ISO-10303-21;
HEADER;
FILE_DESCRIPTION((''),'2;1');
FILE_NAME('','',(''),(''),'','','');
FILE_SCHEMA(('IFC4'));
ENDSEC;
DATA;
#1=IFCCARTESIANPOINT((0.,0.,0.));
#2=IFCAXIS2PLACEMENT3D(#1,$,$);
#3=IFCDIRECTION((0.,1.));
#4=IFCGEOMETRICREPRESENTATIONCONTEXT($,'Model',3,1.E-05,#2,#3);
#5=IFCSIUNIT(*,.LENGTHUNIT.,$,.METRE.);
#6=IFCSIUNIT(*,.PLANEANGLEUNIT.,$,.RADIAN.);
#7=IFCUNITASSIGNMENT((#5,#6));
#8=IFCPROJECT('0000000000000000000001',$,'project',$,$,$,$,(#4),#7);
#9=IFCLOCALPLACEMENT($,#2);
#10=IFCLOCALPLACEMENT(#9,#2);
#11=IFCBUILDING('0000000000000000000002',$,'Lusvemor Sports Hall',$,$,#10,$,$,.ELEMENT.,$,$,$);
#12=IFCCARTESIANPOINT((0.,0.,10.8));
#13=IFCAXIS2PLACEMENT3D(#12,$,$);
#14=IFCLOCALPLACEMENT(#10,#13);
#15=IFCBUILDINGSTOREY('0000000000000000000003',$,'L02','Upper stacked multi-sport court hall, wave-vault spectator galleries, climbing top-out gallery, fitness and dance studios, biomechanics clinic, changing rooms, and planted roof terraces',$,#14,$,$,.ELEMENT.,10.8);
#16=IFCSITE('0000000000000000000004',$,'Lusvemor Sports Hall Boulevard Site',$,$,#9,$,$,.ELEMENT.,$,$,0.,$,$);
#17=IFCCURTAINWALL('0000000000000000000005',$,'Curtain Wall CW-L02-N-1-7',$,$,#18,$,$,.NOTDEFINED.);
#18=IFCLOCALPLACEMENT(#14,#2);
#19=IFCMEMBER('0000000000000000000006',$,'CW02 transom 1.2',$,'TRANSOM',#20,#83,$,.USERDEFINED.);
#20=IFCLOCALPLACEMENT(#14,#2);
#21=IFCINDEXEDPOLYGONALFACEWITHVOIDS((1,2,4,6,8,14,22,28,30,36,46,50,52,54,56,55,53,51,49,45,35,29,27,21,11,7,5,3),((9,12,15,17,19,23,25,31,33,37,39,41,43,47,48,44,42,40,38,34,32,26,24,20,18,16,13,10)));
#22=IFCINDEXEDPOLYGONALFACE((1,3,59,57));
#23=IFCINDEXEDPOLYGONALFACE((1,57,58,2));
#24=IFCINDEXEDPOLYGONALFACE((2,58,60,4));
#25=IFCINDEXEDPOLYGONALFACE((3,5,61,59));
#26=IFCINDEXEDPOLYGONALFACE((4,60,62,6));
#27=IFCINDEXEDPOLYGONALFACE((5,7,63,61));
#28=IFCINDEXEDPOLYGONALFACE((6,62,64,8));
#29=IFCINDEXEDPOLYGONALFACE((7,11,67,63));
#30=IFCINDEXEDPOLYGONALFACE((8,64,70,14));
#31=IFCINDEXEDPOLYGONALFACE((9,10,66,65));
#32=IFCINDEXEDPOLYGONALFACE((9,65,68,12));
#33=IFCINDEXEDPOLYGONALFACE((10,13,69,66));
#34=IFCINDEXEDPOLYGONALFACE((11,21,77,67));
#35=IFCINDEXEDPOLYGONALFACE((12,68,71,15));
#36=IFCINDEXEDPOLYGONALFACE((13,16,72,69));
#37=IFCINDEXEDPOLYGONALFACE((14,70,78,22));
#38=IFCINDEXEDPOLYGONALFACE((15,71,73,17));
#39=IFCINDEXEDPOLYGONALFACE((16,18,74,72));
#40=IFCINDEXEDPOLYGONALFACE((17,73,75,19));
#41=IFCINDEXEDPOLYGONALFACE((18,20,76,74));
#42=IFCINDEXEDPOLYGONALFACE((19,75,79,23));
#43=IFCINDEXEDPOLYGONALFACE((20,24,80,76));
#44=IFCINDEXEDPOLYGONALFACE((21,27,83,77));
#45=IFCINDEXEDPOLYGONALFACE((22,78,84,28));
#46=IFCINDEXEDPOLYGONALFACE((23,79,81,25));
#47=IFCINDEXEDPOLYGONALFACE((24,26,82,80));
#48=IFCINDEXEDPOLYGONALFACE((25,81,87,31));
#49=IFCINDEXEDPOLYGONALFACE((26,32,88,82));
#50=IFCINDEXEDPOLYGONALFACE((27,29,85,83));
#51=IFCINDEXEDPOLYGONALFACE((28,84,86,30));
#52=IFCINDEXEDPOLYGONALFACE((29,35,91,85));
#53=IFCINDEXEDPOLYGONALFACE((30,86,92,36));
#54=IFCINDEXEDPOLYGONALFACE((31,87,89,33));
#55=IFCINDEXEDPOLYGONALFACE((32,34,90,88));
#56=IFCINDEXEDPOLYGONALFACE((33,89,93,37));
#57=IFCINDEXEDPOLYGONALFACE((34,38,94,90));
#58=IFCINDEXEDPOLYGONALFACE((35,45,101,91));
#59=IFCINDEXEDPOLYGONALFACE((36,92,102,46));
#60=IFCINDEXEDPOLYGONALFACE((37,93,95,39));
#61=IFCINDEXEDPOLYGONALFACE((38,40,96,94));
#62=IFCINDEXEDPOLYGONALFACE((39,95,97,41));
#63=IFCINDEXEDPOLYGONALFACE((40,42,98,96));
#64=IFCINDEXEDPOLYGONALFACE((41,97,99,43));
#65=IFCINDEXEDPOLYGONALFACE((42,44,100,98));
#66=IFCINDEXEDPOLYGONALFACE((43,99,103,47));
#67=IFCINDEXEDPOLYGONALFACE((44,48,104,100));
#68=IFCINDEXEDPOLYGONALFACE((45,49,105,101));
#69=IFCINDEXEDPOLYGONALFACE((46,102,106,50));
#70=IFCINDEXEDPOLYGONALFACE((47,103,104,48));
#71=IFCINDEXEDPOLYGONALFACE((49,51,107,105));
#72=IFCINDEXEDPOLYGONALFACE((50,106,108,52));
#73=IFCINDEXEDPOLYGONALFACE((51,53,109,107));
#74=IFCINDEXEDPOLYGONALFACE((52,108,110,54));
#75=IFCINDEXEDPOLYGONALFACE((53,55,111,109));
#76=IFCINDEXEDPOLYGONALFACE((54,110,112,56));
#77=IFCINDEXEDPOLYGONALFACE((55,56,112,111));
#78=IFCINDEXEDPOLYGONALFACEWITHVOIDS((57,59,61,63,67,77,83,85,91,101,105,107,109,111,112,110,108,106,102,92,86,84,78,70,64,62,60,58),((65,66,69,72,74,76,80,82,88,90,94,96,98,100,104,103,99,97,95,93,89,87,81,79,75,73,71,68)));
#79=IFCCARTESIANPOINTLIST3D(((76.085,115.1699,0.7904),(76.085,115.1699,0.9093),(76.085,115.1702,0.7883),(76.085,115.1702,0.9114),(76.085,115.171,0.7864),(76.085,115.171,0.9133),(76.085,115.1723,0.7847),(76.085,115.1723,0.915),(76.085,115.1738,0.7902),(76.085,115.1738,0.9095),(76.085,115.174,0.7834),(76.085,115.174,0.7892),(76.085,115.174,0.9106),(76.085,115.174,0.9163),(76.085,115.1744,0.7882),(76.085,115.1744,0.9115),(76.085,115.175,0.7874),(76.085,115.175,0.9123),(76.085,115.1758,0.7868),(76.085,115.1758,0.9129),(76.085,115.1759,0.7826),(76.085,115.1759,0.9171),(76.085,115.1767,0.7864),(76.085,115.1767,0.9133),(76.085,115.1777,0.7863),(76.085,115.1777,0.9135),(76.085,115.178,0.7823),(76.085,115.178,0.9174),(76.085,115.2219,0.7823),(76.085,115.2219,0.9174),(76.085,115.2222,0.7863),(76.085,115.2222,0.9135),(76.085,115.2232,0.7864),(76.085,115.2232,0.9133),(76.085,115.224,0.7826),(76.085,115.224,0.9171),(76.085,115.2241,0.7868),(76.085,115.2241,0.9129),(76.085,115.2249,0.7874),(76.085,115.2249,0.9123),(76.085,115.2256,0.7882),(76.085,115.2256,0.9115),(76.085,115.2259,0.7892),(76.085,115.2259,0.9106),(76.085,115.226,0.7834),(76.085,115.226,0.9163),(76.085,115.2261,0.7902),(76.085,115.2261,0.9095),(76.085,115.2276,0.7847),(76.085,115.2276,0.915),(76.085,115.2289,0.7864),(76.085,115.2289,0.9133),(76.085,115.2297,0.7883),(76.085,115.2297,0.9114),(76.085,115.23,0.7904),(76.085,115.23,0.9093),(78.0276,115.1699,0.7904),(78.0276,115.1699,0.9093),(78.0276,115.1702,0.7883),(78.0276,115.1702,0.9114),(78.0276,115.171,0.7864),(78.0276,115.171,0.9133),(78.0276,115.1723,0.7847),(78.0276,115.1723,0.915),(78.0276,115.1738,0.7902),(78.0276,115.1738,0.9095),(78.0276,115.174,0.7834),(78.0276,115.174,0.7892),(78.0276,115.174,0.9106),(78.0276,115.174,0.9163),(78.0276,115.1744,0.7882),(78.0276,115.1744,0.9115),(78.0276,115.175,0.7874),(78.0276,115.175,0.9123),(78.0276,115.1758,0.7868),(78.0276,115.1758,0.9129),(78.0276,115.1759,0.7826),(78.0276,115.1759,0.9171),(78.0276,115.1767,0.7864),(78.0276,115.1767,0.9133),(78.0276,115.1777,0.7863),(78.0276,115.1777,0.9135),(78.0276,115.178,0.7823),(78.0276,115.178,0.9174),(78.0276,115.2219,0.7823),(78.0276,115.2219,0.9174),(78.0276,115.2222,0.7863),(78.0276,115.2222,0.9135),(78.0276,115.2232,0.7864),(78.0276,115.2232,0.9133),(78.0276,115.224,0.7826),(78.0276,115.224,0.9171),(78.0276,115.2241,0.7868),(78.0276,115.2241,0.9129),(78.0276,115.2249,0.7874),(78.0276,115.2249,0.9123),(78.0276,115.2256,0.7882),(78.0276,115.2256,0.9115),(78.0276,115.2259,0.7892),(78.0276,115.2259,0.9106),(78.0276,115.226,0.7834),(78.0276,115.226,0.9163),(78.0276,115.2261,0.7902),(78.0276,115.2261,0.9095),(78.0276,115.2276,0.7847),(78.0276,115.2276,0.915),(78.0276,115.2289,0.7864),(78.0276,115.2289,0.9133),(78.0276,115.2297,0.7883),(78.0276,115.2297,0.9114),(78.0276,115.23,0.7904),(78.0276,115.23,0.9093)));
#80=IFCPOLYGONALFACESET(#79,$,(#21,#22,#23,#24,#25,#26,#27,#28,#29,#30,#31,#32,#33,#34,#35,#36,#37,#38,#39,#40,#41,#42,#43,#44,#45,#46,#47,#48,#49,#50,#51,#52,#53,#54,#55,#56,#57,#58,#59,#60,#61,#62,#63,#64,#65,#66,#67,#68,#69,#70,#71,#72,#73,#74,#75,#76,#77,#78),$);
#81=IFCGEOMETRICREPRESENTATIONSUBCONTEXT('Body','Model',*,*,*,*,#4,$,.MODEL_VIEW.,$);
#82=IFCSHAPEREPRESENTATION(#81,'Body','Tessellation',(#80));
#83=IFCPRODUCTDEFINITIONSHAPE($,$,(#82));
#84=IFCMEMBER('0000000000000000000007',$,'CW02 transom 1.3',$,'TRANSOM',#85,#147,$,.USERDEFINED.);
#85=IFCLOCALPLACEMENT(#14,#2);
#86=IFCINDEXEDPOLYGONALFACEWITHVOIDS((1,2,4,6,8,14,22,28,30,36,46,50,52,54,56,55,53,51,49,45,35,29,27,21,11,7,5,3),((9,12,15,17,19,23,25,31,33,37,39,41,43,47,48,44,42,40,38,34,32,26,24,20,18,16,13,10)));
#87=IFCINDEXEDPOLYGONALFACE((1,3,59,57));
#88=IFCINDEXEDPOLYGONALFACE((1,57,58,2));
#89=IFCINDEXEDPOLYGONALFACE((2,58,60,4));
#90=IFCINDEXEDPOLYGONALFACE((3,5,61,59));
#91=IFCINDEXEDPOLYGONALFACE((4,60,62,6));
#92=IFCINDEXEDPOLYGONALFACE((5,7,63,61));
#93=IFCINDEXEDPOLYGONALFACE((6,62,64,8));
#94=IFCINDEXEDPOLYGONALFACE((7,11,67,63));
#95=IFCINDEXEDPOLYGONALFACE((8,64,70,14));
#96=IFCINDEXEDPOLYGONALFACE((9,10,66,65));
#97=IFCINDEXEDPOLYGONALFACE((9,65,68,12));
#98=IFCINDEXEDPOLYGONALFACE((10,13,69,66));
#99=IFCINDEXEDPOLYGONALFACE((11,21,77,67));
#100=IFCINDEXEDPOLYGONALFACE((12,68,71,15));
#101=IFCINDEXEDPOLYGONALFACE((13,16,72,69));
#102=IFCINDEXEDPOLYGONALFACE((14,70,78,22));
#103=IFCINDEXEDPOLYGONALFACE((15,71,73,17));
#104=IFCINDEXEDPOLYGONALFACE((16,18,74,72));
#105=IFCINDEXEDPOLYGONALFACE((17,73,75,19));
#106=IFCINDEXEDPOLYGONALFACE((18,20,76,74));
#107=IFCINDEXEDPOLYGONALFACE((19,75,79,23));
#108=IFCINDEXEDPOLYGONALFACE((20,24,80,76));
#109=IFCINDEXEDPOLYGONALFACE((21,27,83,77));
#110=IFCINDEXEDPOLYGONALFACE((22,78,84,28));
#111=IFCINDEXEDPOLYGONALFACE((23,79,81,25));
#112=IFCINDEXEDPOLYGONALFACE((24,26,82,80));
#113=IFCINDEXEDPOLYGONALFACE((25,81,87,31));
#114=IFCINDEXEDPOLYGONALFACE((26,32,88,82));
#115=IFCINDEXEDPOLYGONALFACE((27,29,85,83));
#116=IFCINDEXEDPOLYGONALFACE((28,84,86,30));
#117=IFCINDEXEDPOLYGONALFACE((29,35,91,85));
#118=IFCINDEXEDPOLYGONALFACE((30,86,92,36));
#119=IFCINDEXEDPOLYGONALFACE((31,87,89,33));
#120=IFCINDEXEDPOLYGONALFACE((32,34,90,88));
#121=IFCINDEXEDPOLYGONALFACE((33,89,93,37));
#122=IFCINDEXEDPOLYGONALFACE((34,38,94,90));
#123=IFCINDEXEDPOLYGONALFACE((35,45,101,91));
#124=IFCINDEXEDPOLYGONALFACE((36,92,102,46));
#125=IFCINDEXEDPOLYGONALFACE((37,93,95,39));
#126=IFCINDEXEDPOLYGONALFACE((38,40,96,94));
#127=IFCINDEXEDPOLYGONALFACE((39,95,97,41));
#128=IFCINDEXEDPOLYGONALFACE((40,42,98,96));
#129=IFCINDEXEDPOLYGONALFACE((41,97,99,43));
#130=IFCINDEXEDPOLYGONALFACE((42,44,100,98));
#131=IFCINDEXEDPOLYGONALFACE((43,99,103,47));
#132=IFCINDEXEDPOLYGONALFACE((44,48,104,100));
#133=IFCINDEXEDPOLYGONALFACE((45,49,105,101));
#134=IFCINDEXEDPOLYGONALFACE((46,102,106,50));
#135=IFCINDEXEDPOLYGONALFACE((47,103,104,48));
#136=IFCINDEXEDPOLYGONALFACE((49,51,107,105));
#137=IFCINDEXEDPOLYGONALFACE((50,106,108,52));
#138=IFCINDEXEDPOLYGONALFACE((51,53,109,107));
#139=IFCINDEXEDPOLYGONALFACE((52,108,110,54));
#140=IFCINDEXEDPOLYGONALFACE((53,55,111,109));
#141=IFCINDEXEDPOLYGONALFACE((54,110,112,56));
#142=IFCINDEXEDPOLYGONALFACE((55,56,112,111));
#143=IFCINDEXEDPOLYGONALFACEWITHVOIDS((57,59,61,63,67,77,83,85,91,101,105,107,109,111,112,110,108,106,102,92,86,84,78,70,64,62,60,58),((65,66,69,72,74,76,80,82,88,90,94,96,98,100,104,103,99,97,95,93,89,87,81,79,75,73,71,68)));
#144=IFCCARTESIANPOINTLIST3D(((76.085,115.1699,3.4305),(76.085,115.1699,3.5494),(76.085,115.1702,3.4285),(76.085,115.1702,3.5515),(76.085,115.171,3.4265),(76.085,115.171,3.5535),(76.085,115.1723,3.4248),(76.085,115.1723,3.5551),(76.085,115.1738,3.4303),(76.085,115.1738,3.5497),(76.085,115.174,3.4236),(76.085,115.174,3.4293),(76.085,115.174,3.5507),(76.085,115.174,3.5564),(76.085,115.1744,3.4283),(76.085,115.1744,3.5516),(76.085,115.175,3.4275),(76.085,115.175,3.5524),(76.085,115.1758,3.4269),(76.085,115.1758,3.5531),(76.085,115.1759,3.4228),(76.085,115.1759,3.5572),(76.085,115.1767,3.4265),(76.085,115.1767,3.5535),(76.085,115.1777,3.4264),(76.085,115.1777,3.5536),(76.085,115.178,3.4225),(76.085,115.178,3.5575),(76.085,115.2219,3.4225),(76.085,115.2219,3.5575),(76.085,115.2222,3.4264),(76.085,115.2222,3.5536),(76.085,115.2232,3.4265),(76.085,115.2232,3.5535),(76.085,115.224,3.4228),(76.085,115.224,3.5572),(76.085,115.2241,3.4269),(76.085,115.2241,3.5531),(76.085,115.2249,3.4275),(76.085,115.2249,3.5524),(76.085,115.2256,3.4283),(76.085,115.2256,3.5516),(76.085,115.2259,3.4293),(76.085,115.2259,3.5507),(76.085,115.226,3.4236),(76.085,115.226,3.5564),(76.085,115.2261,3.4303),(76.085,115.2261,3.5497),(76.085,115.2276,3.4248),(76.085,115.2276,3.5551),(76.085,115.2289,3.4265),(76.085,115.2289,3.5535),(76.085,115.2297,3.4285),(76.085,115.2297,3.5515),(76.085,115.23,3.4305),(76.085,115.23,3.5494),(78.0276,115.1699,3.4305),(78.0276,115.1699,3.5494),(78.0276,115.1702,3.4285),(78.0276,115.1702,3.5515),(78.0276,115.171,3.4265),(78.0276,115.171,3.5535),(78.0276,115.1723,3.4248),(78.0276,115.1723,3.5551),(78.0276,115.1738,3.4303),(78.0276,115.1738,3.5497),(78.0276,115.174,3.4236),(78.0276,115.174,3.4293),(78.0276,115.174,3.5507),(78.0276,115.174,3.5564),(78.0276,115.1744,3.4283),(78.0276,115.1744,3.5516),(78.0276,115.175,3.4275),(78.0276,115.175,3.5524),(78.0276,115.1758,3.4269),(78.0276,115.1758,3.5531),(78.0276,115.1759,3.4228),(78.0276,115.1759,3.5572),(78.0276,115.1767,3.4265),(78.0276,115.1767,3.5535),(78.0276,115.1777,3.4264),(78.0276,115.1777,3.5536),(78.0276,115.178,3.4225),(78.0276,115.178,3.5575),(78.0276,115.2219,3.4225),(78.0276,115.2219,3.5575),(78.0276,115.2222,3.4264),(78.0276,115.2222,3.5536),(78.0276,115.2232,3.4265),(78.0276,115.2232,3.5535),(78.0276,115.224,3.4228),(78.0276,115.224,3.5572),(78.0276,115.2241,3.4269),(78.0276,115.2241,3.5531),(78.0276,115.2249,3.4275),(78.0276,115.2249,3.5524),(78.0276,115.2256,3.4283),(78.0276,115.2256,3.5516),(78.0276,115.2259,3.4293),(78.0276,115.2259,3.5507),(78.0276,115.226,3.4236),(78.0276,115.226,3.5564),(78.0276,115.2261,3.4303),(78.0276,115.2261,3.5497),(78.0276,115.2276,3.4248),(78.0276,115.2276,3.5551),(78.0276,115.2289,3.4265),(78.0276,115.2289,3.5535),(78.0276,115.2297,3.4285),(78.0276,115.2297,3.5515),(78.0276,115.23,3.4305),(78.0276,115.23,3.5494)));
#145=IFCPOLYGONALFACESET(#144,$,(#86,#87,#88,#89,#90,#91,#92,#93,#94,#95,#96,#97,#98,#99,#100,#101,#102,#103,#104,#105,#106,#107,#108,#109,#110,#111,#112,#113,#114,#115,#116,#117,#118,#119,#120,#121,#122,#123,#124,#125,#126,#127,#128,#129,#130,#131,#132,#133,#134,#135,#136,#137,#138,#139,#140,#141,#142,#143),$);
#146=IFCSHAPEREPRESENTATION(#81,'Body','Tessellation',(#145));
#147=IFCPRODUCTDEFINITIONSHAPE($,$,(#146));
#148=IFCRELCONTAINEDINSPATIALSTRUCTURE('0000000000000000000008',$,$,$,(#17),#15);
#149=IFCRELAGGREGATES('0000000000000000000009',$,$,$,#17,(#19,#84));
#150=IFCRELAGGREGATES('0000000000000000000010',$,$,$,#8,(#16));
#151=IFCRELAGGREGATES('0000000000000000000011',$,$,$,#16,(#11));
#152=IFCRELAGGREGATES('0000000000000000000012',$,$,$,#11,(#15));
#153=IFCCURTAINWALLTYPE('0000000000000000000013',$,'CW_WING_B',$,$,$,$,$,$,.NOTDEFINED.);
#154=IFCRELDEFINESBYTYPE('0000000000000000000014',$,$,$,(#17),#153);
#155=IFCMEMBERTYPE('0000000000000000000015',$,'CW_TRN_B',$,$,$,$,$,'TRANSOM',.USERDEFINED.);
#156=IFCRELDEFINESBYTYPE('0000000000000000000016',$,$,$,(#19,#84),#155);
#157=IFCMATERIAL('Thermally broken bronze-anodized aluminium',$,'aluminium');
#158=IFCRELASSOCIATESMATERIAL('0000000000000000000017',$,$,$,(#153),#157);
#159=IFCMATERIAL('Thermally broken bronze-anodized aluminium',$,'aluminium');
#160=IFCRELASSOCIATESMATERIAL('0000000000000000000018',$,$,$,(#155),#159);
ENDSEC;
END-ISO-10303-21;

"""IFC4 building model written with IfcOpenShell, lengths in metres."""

from ifc_helpers import new_model, si_unit, direction, frame, origin, origin_2d, place, context, subcontext, project, spatial, hollow_rectangle, extrude, material, material_profile, profile_set, type_object, element, aggregate, save


model = new_model("IFC4")

# Units and contexts
model_context = context("Model", 3, precision=1e-05, world=origin(), true_north=direction((0.0, 1.0)))
body_context = subcontext(model_context, "Body", "Model", "MODEL_VIEW")
ifc_project = project(units=[si_unit("LENGTHUNIT", "METRE"), si_unit("PLANEANGLEUNIT", "RADIAN")], contexts=[model_context])

# Site, building, storey
site_placement = place(None, origin())
site = spatial("IfcSite", under=ifc_project, at=site_placement, Name="Lusvemor Sports Hall Boulevard Site", CompositionType="ELEMENT", RefElevation=0.0)
building_placement = place(site_placement, origin())
building = spatial("IfcBuilding", under=site, at=building_placement, Name="Lusvemor Sports Hall", CompositionType="ELEMENT")
storey_placement = place(building_placement, frame((0.0, 0.0, 10.8)))
storey = spatial("IfcBuildingStorey", under=building, at=storey_placement, Name="L02", Description="Upper stacked multi-sport court hall, wave-vault spectator galleries, climbing top-out gallery, fitness and dance studios, biomechanics clinic, changing rooms, and planted roof terraces", CompositionType="ELEMENT", Elevation=10.8)

# Curtain wall, members
ifc_material_1 = material(Name="Thermally broken bronze-anodized aluminium", Category="aluminium")
curtain_wall_type = type_object("IfcCurtainWallType", Name="CW_WING_B", PredefinedType="NOTDEFINED", material=ifc_material_1)
curtain_wall_placement = place(storey_placement, origin())
curtain_wall = element("IfcCurtainWall", 1, at=curtain_wall_placement, inside=storey, type_object=curtain_wall_type, Name="Curtain Wall CW-L02-N-1-7", PredefinedType="NOTDEFINED")
ifc_material_2 = material(Name="Thermally broken bronze-anodized aluminium", Category="aluminium")
ifc_material_profile_1 = material_profile(ifc_material_2, hollow_rectangle(XDim=0.0601, YDim=0.135, WallThickness=0.0039, InnerFilletRadius=0.0039, OuterFilletRadius=0.0081, at=origin_2d()), Name="CWTRN135x60x4")
ifc_profile_set_1 = profile_set([ifc_material_profile_1], Name="Thermally broken bronze-anodized aluminium")
member_type_1 = type_object("IfcMemberType", Name="CW_TRN_B", ElementType="TRANSOM", PredefinedType="USERDEFINED", material=ifc_profile_set_1)
member_1_placement = place(storey_placement, frame((76.085, 115.2, 0.8499), z_axis=(1.0, 0.0, 0.0), x_axis=(0.0, 1.0, 0.0)))
member_1 = element("IfcMember", 2, at=member_1_placement, type_object=member_type_1, Name="CW02 transom 1.2", ObjectType="TRANSOM", PredefinedType="USERDEFINED", context=body_context, shape_type="SweptSolid", body=[
    extrude(hollow_rectangle(XDim=0.0601, YDim=0.135, WallThickness=0.0039, InnerFilletRadius=0.0039, OuterFilletRadius=0.0081, at=origin_2d()), origin(), (0.0, 0.0, 1.0), 1.9426),
])
member_2_placement = place(storey_placement, frame((76.085, 115.2, 3.49), z_axis=(1.0, 0.0, 0.0), x_axis=(0.0, 1.0, 0.0)))
member_2 = element("IfcMember", 3, at=member_2_placement, type_object=member_type_1, Name="CW02 transom 1.3", ObjectType="TRANSOM", PredefinedType="USERDEFINED", context=body_context, shape_type="SweptSolid", body=[
    extrude(hollow_rectangle(XDim=0.0601, YDim=0.135, WallThickness=0.0039, InnerFilletRadius=0.0039, OuterFilletRadius=0.0081, at=origin_2d()), origin(), (0.0, 0.0, 1.0), 1.9426),
])

aggregate(curtain_wall, [member_1, member_2])

save(model, "model.ifc")
